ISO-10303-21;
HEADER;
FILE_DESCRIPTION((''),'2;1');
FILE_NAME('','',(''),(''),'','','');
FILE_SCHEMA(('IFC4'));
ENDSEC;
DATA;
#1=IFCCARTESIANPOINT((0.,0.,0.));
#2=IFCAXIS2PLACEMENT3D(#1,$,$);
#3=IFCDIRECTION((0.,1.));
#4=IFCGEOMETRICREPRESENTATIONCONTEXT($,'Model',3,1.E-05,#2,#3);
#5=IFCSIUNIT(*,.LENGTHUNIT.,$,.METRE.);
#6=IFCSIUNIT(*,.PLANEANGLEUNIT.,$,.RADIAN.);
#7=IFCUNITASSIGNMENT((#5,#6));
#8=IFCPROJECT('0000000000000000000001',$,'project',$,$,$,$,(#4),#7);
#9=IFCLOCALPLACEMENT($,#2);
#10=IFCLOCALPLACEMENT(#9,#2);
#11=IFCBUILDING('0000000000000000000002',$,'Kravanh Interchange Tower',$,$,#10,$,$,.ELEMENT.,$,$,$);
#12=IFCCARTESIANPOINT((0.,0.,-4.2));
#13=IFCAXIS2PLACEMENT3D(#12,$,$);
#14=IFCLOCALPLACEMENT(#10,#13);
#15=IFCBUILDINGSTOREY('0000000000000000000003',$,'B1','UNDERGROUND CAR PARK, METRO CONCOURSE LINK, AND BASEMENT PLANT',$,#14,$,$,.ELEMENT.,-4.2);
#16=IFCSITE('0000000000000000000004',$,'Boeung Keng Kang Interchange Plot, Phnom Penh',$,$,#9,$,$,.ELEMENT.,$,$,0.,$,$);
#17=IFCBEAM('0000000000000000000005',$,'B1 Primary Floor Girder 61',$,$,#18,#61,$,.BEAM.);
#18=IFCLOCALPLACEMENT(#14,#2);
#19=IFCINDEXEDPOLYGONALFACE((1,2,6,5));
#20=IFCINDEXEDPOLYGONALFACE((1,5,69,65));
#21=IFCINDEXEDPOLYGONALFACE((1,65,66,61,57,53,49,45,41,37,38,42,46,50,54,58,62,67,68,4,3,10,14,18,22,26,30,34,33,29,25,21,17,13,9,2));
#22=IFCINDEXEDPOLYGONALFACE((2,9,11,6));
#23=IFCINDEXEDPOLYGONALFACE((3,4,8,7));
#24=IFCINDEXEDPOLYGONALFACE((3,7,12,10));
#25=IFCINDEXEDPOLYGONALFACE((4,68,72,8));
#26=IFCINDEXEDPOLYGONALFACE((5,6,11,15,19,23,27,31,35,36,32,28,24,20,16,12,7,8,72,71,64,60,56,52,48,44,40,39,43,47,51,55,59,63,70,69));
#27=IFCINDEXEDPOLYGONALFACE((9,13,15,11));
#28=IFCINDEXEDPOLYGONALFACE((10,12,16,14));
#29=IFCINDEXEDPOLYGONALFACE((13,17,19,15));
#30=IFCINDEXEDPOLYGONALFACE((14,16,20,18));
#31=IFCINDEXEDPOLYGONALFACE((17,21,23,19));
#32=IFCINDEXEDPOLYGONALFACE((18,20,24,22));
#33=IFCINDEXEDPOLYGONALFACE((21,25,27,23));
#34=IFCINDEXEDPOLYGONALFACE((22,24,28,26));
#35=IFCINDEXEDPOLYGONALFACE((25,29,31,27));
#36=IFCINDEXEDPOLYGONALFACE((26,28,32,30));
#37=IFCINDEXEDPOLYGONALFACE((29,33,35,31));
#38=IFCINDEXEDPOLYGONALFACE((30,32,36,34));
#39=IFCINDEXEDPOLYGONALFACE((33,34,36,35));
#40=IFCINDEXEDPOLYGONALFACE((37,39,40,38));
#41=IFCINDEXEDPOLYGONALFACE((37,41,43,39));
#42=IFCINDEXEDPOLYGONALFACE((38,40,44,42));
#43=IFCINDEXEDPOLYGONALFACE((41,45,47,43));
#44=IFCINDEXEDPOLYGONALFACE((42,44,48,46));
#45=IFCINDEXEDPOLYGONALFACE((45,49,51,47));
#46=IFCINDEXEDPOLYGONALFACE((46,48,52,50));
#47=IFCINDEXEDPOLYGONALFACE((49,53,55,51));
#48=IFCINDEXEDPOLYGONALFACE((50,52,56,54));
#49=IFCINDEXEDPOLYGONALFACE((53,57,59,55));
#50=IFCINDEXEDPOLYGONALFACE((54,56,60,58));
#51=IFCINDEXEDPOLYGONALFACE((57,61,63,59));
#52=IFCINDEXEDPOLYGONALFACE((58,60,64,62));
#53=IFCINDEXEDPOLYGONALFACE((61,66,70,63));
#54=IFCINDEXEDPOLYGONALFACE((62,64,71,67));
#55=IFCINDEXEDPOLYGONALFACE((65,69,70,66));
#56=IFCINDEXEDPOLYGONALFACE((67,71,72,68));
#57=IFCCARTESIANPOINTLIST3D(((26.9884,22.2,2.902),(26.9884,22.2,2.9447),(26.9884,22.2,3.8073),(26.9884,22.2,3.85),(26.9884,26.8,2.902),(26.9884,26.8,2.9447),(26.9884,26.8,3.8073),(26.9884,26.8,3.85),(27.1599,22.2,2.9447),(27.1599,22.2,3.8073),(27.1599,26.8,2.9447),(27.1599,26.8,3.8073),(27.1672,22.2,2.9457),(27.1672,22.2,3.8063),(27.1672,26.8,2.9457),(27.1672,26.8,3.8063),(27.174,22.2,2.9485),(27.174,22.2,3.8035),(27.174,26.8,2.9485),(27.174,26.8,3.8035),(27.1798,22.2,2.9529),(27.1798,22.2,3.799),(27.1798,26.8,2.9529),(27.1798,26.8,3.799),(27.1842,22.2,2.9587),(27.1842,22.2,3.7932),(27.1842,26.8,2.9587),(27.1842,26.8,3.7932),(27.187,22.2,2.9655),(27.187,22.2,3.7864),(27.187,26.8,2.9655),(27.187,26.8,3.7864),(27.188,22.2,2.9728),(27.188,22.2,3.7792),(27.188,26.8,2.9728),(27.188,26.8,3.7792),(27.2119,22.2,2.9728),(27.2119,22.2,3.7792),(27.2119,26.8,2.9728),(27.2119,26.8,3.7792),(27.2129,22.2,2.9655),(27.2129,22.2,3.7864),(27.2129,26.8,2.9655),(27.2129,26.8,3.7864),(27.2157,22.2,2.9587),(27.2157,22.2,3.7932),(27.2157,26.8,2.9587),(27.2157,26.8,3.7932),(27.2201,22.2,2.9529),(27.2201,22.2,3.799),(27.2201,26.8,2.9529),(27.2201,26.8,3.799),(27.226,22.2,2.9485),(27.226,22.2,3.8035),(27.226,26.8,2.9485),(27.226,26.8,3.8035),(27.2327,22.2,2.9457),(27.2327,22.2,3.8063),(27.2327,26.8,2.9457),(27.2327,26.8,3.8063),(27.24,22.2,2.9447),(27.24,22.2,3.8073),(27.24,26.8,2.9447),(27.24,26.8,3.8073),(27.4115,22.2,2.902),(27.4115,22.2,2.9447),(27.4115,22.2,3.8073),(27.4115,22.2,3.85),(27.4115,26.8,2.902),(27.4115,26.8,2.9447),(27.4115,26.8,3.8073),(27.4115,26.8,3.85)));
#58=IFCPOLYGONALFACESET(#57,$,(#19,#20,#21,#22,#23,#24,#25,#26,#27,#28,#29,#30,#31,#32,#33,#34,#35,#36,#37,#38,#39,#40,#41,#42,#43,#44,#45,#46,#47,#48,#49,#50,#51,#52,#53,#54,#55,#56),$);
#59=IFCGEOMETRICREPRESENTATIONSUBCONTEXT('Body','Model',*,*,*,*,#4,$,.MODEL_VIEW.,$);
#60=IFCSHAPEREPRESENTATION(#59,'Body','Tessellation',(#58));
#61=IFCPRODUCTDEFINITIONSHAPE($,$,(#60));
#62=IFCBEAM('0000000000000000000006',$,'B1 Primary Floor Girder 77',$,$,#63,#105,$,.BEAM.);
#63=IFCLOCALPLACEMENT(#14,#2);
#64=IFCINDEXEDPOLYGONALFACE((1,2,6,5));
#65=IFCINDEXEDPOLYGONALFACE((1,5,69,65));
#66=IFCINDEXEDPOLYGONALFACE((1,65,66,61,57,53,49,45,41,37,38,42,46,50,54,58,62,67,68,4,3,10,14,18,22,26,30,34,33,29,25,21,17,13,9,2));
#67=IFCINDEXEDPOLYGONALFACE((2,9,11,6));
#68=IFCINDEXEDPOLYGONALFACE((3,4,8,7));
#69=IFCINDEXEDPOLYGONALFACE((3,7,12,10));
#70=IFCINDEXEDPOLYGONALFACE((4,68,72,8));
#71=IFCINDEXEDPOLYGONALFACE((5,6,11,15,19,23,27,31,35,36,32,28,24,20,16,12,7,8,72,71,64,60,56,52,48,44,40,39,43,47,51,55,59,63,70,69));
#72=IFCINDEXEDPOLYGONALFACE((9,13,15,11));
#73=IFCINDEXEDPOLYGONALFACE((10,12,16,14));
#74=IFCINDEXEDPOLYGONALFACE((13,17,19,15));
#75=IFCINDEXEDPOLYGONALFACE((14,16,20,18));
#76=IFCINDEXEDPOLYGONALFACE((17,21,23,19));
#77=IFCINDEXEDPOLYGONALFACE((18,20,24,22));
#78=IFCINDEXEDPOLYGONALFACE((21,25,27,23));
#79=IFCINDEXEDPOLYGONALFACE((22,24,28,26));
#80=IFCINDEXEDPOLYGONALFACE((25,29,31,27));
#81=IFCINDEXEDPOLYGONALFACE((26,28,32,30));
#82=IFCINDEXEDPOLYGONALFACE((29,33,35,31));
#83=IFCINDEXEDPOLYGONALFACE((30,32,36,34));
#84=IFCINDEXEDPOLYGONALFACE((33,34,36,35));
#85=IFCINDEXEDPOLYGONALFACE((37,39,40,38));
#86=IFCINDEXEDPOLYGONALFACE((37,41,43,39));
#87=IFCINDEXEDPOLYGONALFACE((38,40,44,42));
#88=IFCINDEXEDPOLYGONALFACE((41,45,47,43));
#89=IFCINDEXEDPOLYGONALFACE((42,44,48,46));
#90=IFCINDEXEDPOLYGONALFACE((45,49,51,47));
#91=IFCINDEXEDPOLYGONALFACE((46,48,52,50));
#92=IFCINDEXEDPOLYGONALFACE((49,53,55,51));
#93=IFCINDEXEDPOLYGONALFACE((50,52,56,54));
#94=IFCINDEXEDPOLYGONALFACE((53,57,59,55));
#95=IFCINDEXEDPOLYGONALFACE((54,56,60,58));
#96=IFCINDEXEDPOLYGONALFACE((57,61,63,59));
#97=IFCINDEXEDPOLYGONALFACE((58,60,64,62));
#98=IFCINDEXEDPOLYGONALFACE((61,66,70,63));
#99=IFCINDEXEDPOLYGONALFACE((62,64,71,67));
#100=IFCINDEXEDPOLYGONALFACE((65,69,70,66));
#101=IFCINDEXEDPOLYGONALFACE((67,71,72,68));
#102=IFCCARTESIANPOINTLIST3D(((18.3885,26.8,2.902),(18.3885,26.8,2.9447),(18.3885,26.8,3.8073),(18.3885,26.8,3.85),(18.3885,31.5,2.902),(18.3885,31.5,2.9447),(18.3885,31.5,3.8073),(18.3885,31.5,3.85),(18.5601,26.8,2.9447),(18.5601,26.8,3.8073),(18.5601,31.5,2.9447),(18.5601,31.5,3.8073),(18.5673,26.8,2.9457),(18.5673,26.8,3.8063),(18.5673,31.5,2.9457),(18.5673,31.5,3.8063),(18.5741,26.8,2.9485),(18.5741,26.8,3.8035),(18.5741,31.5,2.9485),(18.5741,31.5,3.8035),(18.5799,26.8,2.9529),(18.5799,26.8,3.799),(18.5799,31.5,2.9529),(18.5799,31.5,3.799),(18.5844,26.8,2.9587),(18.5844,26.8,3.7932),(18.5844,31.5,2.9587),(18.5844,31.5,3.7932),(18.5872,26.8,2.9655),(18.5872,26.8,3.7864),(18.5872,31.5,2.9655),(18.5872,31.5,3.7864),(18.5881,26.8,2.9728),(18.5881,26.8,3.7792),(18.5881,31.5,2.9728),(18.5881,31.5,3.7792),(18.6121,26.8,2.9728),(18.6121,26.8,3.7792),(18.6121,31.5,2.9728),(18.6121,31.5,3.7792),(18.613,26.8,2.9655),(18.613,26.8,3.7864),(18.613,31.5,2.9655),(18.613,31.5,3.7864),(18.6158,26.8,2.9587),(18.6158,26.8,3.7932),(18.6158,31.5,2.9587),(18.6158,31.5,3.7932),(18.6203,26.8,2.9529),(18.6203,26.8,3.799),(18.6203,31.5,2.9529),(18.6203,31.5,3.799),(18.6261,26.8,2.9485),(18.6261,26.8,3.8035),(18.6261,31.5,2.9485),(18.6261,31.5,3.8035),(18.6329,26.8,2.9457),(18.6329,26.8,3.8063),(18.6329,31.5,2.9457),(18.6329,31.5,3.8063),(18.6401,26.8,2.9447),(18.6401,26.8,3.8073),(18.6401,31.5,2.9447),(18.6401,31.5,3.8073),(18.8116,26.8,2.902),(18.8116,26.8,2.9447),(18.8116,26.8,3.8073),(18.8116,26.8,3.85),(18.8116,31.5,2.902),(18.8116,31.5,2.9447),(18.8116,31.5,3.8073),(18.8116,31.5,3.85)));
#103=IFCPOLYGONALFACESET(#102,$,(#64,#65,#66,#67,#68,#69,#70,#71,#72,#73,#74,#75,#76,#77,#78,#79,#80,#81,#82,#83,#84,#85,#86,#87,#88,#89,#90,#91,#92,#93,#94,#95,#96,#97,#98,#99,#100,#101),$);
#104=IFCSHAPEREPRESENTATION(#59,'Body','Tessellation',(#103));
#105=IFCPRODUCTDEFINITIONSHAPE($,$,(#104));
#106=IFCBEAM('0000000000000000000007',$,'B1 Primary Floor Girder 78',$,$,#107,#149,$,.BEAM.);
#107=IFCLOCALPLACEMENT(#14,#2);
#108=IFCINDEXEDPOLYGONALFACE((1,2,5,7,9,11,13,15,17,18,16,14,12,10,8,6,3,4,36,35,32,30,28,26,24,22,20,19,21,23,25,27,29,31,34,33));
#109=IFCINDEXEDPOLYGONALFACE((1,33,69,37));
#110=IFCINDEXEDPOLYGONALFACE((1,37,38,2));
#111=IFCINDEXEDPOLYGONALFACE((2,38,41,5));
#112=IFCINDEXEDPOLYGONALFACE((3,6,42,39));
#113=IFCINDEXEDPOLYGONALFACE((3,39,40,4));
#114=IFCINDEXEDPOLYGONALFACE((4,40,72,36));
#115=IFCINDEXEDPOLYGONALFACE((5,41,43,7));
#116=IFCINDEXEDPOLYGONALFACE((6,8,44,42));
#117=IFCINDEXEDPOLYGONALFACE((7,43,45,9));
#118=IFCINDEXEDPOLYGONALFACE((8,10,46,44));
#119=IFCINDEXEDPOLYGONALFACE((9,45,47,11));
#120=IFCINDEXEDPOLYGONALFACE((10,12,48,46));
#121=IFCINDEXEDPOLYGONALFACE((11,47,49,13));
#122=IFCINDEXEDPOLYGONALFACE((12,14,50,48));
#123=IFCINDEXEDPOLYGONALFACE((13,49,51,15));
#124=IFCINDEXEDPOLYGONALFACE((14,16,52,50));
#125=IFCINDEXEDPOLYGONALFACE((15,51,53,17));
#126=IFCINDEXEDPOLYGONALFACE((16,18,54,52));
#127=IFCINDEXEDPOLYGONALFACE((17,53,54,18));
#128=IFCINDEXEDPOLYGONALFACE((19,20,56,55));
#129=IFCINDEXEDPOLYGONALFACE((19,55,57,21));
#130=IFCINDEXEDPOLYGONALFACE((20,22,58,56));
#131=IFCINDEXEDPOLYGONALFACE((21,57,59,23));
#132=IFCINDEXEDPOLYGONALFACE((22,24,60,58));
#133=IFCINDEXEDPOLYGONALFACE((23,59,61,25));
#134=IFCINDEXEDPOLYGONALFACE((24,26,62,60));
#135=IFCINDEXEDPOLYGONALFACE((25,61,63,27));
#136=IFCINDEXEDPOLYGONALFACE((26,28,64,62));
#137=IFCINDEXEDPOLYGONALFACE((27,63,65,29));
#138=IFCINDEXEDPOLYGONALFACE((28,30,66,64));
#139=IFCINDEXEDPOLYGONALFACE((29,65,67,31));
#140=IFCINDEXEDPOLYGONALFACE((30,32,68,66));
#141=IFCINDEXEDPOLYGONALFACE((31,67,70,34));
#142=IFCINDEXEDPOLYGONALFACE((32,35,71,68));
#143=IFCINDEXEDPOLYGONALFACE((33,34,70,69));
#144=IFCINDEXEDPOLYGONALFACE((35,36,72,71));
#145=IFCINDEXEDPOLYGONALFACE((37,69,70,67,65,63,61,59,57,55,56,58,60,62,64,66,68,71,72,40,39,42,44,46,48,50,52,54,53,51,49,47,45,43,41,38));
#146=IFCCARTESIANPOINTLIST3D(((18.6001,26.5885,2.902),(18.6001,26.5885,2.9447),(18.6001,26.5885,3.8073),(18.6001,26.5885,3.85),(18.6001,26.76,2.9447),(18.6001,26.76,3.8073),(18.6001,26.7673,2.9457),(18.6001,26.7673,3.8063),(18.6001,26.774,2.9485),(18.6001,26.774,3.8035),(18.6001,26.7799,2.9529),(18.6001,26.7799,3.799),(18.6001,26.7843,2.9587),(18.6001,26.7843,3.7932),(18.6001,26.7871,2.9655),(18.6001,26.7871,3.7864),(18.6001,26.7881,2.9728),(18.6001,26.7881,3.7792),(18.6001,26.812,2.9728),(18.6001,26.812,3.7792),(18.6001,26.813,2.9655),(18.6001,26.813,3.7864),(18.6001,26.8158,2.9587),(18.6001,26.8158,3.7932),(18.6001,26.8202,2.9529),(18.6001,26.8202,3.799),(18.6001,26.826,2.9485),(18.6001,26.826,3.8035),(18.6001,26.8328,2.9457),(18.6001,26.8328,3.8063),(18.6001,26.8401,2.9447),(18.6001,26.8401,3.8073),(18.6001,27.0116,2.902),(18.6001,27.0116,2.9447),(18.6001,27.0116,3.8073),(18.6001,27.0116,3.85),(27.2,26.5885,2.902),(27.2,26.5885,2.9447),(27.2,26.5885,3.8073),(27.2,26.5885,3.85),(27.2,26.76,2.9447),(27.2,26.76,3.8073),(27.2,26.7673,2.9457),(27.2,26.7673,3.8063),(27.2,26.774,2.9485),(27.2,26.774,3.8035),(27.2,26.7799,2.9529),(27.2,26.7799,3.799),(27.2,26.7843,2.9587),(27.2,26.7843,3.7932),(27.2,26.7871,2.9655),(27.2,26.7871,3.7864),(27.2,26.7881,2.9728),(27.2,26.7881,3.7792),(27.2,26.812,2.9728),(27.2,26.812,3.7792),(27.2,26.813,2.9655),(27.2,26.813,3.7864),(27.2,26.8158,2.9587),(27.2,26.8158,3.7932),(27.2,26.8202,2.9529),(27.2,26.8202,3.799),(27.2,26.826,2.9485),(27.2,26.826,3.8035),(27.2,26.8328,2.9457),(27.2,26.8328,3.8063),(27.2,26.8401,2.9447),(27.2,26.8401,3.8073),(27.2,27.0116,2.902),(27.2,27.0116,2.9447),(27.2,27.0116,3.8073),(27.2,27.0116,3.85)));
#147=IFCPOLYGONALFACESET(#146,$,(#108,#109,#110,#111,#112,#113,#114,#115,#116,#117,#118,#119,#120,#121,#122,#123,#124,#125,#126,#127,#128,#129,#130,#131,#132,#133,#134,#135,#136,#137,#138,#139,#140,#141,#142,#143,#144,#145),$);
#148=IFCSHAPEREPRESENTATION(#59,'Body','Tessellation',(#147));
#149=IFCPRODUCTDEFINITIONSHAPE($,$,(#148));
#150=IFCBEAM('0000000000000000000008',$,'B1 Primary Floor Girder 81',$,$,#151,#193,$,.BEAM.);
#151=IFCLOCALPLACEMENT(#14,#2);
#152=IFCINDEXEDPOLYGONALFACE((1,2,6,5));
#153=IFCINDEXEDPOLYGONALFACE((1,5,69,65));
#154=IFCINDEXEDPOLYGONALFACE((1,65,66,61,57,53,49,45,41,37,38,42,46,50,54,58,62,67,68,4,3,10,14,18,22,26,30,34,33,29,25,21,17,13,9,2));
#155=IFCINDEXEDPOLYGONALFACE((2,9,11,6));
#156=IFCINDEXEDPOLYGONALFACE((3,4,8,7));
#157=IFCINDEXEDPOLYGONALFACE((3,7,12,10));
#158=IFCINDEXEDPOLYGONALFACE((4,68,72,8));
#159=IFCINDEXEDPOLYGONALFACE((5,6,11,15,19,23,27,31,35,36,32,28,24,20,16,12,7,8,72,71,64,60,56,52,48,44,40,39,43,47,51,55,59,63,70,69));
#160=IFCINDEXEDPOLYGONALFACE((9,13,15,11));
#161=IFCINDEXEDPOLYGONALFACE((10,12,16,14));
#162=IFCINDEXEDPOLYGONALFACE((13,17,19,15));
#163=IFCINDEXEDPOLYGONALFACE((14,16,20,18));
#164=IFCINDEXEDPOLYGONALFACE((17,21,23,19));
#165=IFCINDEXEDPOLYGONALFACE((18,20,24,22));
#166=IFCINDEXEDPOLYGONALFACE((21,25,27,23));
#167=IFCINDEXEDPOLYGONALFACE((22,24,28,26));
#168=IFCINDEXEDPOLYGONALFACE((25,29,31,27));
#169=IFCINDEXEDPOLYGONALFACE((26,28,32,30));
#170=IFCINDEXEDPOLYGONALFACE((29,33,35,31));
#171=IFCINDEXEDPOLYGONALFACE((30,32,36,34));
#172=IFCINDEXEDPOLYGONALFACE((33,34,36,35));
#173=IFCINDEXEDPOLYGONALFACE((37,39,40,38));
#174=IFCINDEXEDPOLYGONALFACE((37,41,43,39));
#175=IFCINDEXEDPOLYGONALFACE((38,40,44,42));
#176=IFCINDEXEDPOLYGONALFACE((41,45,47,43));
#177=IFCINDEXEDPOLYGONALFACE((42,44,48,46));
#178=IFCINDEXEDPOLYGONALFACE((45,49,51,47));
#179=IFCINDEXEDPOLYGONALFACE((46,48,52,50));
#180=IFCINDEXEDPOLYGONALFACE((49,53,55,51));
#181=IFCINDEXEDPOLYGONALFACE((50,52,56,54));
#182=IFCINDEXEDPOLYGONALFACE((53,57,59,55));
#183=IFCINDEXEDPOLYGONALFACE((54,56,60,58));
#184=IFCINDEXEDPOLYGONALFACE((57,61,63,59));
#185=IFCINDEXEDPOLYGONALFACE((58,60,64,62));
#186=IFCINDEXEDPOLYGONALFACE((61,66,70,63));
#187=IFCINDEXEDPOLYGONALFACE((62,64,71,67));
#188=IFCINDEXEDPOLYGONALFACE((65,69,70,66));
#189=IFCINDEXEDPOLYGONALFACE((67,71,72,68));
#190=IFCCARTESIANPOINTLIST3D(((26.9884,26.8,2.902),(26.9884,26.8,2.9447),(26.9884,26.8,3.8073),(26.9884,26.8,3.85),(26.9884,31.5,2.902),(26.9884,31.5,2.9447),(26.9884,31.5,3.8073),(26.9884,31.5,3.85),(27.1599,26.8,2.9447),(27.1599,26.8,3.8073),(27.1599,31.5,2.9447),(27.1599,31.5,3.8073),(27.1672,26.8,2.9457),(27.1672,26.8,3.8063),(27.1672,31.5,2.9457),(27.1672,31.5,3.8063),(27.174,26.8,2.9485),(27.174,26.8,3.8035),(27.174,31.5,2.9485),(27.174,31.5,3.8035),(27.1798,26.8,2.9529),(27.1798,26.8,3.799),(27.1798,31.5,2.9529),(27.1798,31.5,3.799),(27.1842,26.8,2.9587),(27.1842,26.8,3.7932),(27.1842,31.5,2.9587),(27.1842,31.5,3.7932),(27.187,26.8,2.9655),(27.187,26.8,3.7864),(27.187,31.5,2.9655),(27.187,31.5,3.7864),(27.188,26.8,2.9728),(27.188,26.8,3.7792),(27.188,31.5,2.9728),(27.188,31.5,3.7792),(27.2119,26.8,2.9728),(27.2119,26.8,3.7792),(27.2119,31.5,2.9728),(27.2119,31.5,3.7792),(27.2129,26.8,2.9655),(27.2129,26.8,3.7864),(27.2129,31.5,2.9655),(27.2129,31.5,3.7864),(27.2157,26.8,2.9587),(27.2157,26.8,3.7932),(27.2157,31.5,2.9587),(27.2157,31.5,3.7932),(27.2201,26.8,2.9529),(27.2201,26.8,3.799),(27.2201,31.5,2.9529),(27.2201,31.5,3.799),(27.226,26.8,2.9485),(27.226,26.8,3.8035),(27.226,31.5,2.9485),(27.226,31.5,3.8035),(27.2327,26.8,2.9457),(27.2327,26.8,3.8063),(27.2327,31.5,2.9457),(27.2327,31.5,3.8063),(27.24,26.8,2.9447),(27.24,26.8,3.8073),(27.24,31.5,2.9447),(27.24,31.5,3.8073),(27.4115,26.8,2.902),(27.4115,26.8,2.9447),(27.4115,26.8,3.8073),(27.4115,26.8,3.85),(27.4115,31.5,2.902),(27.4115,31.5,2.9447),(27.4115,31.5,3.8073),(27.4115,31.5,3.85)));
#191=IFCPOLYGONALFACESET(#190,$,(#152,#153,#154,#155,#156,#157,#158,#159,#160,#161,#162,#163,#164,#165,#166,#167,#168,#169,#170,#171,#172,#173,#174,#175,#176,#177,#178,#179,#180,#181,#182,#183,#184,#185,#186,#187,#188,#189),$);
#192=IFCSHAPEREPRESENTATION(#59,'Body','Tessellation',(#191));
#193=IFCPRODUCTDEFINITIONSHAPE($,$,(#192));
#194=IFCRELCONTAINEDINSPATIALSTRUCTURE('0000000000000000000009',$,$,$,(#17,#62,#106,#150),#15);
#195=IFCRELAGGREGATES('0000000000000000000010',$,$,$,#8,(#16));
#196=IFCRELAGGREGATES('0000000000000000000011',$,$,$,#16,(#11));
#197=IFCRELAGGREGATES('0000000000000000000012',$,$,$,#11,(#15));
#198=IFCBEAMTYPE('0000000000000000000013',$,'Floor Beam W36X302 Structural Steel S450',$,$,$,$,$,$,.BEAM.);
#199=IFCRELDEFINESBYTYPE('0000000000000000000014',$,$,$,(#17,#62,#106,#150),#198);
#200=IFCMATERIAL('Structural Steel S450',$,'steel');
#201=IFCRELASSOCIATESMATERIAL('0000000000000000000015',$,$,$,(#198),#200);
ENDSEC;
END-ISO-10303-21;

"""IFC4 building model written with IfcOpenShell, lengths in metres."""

from ifc_helpers import new_model, si_unit, direction, frame, origin, origin_2d, place, context, subcontext, project, spatial, i_section, extrude, material, material_profile, profile_set, type_object, element, save


model = new_model("IFC4")

# Units and contexts
model_context = context("Model", 3, precision=1e-05, world=origin(), true_north=direction((0.0, 1.0)))
body_context = subcontext(model_context, "Body", "Model", "MODEL_VIEW")
ifc_project = project(units=[si_unit("LENGTHUNIT", "METRE"), si_unit("PLANEANGLEUNIT", "RADIAN")], contexts=[model_context])

# Site, building, storey
site_placement = place(None, origin())
site = spatial("IfcSite", under=ifc_project, at=site_placement, Name="Boeung Keng Kang Interchange Plot, Phnom Penh", CompositionType="ELEMENT", RefElevation=0.0)
building_placement = place(site_placement, origin())
building = spatial("IfcBuilding", under=site, at=building_placement, Name="Kravanh Interchange Tower", CompositionType="ELEMENT")
storey_placement = place(building_placement, frame((0.0, 0.0, -4.2)))
storey = spatial("IfcBuildingStorey", under=building, at=storey_placement, Name="B1", Description="UNDERGROUND CAR PARK, METRO CONCOURSE LINK, AND BASEMENT PLANT", CompositionType="ELEMENT", Elevation=-4.2)

# Beams
ifc_material_1 = material(Name="Structural Steel S450", Category="steel")
ifc_material_profile_1 = material_profile(ifc_material_1, i_section(OverallWidth=0.4231, OverallDepth=0.948, WebThickness=0.0239, FlangeThickness=0.0427, FilletRadius=0.0281, at=origin_2d()), Name="W36X302")
ifc_profile_set_1 = profile_set([ifc_material_profile_1], Name="Structural Steel S450")
beam_type_1 = type_object("IfcBeamType", Name="Floor Beam W36X302 Structural Steel S450", PredefinedType="BEAM", material=ifc_profile_set_1)
beam_1_placement = place(storey_placement, frame((27.2, 22.2, 3.376), z_axis=(0.0, 1.0, 0.0), x_axis=(-1.0, 0.0, 0.0)))
element("IfcBeam", 1, at=beam_1_placement, inside=storey, type_object=beam_type_1, Name="B1 Primary Floor Girder 61", PredefinedType="BEAM", context=body_context, shape_type="SweptSolid", body=[
    extrude(i_section(OverallWidth=0.4231, OverallDepth=0.948, WebThickness=0.0239, FlangeThickness=0.0427, FilletRadius=0.0281, at=origin_2d()), origin(), (0.0, 0.0, 1.0), 4.6001),
])
beam_2_placement = place(storey_placement, frame((18.6001, 26.8, 3.376), z_axis=(0.0, 1.0, 0.0), x_axis=(-1.0, 0.0, 0.0)))
element("IfcBeam", 2, at=beam_2_placement, inside=storey, type_object=beam_type_1, Name="B1 Primary Floor Girder 77", PredefinedType="BEAM", context=body_context, shape_type="SweptSolid", body=[
    extrude(i_section(OverallWidth=0.4231, OverallDepth=0.948, WebThickness=0.0239, FlangeThickness=0.0427, FilletRadius=0.0281, at=origin_2d()), origin(), (0.0, 0.0, 1.0), 4.7),
])
beam_3_placement = place(storey_placement, frame((18.6001, 26.8, 3.376), z_axis=(1.0, 0.0, 0.0), x_axis=(0.0, 1.0, 0.0)))
element("IfcBeam", 3, at=beam_3_placement, inside=storey, type_object=beam_type_1, Name="B1 Primary Floor Girder 78", PredefinedType="BEAM", context=body_context, shape_type="SweptSolid", body=[
    extrude(i_section(OverallWidth=0.4231, OverallDepth=0.948, WebThickness=0.0239, FlangeThickness=0.0427, FilletRadius=0.0281, at=origin_2d()), origin(), (0.0, 0.0, 1.0), 8.5999),
])
beam_4_placement = place(storey_placement, frame((27.2, 26.8, 3.376), z_axis=(0.0, 1.0, 0.0), x_axis=(-1.0, 0.0, 0.0)))
element("IfcBeam", 4, at=beam_4_placement, inside=storey, type_object=beam_type_1, Name="B1 Primary Floor Girder 81", PredefinedType="BEAM", context=body_context, shape_type="SweptSolid", body=[
    extrude(i_section(OverallWidth=0.4231, OverallDepth=0.948, WebThickness=0.0239, FlangeThickness=0.0427, FilletRadius=0.0281, at=origin_2d()), origin(), (0.0, 0.0, 1.0), 4.7),
])

save(model, "model.ifc")
